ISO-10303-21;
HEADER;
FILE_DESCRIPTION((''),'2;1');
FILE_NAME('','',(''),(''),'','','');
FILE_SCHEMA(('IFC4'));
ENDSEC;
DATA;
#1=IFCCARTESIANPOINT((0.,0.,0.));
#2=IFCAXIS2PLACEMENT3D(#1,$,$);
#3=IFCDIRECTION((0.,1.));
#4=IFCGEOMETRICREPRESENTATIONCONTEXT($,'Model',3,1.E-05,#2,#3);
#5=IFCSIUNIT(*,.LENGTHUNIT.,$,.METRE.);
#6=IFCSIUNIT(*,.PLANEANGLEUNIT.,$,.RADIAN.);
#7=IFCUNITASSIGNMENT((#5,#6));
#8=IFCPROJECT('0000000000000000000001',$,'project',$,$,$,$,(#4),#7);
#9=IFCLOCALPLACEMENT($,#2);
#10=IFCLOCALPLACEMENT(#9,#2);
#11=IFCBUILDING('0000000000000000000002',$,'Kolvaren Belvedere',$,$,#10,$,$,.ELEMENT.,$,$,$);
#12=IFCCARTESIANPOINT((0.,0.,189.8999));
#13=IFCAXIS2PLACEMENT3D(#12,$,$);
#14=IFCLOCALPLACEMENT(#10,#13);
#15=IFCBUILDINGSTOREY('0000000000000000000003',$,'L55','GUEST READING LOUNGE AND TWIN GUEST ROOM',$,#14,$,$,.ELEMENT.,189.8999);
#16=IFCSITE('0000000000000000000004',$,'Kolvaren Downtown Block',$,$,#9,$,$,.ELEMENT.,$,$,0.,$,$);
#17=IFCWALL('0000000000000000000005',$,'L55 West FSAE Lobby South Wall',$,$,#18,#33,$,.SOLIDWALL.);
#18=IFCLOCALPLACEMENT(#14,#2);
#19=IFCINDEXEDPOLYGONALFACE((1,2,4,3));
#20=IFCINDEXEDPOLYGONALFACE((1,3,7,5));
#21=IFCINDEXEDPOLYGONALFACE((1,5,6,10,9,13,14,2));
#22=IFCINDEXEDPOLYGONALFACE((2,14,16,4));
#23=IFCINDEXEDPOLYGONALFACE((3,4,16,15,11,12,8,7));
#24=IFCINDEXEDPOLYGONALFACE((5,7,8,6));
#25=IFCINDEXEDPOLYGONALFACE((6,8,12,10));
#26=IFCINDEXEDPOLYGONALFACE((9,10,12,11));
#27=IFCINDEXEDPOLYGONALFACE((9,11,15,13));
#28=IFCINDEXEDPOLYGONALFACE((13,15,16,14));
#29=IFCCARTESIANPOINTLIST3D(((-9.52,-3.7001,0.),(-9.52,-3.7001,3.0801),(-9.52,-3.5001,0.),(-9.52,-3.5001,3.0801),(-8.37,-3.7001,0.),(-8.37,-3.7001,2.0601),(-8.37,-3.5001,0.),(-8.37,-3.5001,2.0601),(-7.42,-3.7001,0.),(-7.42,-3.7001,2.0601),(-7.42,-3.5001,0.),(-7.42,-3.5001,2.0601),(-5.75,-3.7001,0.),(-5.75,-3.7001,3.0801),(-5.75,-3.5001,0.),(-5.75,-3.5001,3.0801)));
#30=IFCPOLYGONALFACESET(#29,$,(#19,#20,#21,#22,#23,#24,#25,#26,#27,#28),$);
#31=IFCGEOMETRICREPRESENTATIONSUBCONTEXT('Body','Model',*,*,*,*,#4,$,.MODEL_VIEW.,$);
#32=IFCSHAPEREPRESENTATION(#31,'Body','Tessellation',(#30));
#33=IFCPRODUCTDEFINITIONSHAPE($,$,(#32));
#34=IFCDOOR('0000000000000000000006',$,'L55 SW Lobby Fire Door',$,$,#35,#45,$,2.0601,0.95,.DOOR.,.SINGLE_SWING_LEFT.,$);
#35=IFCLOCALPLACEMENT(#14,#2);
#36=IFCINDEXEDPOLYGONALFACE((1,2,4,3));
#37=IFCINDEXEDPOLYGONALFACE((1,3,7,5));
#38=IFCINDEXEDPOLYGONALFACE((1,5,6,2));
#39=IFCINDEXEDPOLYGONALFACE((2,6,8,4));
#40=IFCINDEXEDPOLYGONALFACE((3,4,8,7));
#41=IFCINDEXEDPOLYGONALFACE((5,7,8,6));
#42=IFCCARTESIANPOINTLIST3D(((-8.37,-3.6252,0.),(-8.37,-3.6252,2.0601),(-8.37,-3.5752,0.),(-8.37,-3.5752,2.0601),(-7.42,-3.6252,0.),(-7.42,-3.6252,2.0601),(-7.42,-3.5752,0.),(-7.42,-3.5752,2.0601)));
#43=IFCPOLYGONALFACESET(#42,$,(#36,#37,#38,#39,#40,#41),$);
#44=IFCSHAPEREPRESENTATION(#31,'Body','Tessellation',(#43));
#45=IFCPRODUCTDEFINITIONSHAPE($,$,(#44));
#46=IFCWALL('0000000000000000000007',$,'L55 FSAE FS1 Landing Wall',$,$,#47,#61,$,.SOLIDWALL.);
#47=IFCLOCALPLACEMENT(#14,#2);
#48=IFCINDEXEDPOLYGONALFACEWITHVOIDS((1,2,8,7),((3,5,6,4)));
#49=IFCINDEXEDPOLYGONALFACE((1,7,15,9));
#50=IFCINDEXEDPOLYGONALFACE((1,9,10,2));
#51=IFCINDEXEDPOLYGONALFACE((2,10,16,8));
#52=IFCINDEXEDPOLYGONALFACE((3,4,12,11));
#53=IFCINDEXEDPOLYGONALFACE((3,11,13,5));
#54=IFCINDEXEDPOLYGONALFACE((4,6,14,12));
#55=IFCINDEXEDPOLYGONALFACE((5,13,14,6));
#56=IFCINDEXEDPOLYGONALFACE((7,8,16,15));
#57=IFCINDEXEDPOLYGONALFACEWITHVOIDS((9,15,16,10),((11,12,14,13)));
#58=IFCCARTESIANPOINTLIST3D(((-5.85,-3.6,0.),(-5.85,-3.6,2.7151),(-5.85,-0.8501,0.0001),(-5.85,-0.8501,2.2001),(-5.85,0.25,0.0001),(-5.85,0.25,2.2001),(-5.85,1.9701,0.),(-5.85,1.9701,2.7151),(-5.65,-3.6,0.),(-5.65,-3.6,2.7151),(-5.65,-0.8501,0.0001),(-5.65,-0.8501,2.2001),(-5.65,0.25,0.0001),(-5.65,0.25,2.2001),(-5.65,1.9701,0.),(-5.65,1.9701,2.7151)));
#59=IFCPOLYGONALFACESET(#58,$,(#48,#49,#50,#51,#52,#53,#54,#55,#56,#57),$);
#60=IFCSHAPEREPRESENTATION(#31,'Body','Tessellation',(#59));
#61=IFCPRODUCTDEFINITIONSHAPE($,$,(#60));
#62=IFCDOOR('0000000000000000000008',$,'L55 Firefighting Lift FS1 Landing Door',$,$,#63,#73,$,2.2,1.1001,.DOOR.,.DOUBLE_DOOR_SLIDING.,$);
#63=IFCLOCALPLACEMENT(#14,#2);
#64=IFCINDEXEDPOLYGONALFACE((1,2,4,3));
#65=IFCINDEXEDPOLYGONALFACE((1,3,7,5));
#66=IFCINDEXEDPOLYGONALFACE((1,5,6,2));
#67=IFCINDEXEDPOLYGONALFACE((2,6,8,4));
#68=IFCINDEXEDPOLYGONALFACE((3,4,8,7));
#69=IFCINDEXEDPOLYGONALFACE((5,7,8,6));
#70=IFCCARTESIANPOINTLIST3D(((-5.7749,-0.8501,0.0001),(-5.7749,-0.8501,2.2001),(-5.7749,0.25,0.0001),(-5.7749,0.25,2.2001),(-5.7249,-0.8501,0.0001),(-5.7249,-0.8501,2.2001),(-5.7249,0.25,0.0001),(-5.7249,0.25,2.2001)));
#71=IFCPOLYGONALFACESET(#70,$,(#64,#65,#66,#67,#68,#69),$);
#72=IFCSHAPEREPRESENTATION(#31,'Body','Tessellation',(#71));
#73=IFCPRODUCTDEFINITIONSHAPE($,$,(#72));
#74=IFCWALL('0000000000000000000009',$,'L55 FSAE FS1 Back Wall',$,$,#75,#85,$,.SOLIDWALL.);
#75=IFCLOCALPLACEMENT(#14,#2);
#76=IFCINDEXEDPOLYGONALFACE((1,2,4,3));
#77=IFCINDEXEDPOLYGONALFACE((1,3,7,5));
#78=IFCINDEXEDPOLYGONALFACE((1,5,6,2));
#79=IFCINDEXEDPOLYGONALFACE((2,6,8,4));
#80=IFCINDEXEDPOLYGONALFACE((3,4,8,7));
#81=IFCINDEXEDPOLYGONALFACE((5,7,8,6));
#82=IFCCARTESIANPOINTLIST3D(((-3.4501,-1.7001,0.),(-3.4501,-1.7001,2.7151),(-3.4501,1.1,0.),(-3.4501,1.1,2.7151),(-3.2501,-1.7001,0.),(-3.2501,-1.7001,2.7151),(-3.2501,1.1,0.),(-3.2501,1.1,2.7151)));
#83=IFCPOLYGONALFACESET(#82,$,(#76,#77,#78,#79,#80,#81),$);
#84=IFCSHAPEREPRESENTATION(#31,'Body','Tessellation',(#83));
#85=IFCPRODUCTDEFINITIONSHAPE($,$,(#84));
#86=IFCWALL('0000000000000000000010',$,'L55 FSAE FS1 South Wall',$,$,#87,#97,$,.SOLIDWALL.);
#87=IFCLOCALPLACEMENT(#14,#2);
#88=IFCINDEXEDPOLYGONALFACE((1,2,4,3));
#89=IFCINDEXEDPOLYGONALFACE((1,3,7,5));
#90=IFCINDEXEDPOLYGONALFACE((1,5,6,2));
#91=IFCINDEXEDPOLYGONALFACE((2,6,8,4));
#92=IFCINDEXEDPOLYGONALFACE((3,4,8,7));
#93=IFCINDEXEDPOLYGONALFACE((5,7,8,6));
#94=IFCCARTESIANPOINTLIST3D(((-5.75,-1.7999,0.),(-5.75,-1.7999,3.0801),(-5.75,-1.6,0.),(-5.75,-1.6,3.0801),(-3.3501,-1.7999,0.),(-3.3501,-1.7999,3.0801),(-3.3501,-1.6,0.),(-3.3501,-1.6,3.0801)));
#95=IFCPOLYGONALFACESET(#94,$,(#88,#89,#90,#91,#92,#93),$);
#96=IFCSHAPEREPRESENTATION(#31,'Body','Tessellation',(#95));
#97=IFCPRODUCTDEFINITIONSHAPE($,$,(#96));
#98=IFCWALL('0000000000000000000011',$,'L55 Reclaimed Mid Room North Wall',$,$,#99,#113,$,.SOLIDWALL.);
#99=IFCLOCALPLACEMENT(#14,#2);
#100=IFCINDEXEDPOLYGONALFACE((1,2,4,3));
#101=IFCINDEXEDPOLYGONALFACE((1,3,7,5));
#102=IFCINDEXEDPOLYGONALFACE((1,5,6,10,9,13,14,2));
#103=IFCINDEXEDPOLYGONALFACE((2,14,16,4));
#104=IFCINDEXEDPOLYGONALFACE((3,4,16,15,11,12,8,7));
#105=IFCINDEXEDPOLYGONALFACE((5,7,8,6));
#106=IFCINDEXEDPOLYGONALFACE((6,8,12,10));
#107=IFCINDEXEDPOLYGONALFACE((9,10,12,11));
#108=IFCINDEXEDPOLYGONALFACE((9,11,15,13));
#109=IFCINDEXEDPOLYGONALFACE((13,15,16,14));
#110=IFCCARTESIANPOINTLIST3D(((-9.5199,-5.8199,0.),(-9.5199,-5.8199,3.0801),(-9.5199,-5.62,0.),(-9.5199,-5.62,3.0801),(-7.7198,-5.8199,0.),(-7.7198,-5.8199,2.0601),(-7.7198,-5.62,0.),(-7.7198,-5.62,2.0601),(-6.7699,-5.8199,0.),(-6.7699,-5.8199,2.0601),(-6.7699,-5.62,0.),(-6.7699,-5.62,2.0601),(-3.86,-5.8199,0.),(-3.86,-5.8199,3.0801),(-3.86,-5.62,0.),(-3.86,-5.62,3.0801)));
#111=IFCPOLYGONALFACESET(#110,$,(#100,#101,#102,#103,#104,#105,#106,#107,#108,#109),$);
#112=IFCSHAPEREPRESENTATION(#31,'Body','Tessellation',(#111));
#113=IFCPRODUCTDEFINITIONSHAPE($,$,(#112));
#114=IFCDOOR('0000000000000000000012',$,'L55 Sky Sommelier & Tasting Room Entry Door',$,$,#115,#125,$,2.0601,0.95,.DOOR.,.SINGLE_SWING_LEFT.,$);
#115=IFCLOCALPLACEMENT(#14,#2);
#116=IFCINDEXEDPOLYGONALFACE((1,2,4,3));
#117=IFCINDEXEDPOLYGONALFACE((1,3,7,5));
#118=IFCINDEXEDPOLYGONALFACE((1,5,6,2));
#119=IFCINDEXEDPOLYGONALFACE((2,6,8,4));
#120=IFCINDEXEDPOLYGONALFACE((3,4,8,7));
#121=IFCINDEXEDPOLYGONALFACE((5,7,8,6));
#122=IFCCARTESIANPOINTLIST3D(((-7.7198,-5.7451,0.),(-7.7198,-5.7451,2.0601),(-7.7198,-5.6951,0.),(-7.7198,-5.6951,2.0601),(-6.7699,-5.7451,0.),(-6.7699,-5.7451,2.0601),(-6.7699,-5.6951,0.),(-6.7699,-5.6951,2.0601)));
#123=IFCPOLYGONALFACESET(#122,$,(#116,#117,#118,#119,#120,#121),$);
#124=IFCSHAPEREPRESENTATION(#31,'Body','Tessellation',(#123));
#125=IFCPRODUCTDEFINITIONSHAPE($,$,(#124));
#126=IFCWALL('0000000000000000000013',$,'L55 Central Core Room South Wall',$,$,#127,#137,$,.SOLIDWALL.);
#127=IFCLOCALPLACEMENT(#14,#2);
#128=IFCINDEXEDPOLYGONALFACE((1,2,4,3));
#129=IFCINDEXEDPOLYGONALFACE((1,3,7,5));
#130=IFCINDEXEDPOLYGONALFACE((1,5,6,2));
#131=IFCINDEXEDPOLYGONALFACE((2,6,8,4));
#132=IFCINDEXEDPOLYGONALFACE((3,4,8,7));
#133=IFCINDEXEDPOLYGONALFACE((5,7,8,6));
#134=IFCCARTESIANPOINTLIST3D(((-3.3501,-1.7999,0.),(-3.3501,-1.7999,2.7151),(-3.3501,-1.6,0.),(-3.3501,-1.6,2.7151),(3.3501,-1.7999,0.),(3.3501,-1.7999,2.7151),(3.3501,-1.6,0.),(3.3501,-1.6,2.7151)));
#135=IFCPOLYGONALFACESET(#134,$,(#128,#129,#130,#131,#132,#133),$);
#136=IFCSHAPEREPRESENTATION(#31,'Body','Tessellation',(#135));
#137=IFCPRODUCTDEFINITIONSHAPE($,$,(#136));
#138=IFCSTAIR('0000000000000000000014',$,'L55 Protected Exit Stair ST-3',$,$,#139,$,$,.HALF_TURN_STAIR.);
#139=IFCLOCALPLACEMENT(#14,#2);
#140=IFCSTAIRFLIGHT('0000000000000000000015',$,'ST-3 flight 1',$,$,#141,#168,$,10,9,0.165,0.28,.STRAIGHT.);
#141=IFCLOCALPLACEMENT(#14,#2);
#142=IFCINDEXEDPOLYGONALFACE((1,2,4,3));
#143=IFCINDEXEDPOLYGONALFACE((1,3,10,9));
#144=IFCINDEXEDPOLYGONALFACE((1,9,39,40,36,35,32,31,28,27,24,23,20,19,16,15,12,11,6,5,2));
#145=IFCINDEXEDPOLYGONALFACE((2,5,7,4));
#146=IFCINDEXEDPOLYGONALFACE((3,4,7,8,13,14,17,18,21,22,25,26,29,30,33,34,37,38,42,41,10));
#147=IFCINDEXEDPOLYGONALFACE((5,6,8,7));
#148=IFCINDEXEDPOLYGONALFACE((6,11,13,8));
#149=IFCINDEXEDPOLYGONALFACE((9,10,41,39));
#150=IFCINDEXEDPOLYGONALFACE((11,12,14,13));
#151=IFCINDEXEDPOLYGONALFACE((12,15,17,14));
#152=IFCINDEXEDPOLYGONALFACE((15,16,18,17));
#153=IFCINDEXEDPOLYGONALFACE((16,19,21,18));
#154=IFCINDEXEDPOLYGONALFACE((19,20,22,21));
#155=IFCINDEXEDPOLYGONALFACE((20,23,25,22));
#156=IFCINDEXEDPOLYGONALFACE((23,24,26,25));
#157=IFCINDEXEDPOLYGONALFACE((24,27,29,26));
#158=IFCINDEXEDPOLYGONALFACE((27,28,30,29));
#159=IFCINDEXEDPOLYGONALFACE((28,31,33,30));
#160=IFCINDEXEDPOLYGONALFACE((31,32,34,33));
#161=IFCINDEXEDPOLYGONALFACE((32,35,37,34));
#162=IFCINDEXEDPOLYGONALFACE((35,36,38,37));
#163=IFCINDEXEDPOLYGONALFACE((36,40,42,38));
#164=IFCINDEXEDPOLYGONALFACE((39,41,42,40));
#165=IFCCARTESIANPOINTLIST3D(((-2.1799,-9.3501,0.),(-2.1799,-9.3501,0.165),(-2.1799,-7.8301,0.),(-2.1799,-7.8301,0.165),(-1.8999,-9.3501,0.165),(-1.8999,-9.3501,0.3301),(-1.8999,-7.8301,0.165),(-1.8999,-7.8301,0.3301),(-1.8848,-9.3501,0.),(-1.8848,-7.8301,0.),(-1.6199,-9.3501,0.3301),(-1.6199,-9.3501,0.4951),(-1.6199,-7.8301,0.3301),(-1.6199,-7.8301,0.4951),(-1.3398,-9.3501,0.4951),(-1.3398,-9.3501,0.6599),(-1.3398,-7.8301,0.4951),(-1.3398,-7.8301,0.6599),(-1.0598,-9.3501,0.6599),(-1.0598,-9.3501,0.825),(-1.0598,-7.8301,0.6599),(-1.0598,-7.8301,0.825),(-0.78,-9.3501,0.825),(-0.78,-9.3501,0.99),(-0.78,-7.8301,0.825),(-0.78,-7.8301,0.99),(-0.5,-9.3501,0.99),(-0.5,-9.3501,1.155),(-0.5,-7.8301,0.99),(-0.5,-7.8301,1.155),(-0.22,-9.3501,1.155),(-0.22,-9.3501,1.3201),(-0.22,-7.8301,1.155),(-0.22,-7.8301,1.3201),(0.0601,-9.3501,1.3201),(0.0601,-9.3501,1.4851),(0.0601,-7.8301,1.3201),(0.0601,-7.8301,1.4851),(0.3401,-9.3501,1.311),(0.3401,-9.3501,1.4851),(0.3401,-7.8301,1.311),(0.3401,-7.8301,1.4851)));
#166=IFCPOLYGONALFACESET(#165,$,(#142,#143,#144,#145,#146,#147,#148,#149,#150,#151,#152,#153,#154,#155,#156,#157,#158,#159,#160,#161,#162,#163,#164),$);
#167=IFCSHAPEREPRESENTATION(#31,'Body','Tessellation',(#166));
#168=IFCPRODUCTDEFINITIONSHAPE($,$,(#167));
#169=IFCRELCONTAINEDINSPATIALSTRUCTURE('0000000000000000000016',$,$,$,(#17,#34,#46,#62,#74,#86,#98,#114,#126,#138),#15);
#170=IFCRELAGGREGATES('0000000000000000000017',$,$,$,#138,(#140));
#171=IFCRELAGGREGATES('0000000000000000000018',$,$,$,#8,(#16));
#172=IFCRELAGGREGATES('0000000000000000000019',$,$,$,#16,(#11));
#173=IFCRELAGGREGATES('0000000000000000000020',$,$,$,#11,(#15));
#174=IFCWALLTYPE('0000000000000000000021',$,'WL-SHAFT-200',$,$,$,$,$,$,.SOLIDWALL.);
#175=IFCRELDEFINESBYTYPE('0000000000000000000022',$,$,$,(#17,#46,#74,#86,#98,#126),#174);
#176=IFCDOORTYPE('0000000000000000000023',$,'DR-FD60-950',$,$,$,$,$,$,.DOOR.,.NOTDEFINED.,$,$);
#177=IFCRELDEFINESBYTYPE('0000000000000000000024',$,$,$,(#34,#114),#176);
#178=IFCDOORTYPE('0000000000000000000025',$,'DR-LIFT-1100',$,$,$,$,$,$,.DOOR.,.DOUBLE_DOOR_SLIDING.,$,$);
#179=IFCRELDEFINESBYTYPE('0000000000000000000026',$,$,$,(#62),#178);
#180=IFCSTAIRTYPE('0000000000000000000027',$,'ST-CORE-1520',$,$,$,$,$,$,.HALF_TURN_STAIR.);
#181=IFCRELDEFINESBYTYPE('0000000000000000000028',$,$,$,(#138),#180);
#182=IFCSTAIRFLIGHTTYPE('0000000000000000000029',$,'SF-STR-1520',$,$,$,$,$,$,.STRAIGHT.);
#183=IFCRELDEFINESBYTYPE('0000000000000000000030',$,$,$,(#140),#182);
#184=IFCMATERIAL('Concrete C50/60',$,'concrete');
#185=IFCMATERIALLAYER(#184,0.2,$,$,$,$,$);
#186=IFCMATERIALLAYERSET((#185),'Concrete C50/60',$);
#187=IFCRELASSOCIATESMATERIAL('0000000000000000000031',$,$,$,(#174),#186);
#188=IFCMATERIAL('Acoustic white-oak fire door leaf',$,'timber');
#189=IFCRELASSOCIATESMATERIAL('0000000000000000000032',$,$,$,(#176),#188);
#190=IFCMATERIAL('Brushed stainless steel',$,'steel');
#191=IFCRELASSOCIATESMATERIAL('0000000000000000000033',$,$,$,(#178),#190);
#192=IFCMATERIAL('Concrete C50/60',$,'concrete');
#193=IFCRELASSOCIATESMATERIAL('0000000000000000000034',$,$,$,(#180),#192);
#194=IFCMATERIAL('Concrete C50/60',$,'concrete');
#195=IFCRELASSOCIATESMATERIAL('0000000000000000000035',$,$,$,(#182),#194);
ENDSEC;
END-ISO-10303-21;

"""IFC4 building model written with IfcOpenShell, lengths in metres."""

from ifc_helpers import new_model, si_unit, direction, frame, frame_2d, origin, place, context, subcontext, project, spatial, polyline, rectangle, outline, extrude, material, layer, layer_set, type_object, element, fill, aggregate, save


model = new_model("IFC4")

# Units and contexts
model_context = context("Model", 3, precision=1e-05, world=origin(), true_north=direction((0.0, 1.0)))
body_context = subcontext(model_context, "Body", "Model", "MODEL_VIEW")
ifc_project = project(units=[si_unit("LENGTHUNIT", "METRE"), si_unit("PLANEANGLEUNIT", "RADIAN")], contexts=[model_context])

# Site, building, storey
site_placement = place(None, origin())
site = spatial("IfcSite", under=ifc_project, at=site_placement, Name="Kolvaren Downtown Block", CompositionType="ELEMENT", RefElevation=0.0)
building_placement = place(site_placement, origin())
building = spatial("IfcBuilding", under=site, at=building_placement, Name="Kolvaren Belvedere", CompositionType="ELEMENT")
storey_placement = place(building_placement, frame((0.0, 0.0, 189.8999)))
storey = spatial("IfcBuildingStorey", under=building, at=storey_placement, Name="L55", Description="GUEST READING LOUNGE AND TWIN GUEST ROOM", CompositionType="ELEMENT", Elevation=189.8999)

# Walls, openings, doors
ifc_material_1 = material(Name="Concrete C50/60", Category="concrete")
ifc_layer_1 = layer(ifc_material_1, 0.2)
ifc_layer_set_1 = layer_set([ifc_layer_1], Name="Concrete C50/60")
wall_type_1 = type_object("IfcWallType", Name="WL-SHAFT-200", PredefinedType="SOLIDWALL", material=ifc_layer_set_1)
wall_1_placement = place(storey_placement, frame((-9.52, -3.6001, 0.0), z_axis=(0.0, 0.0, 1.0), x_axis=(1.0, 0.0, 0.0)))
wall_1 = element("IfcWall", 1, at=wall_1_placement, inside=storey, type_object=wall_type_1, Name="L55 West FSAE Lobby South Wall", PredefinedType="SOLIDWALL", context=body_context, shape_type="SweptSolid", body=[
    extrude(rectangle(XDim=3.77, YDim=0.2, at=frame_2d((1.885, 0.0))), origin(), (0.0, 0.0, 1.0), 3.0801),
])
opening_1_placement = place(wall_1_placement, frame((1.1499, 0.0, 0.0)))
opening_1 = element("IfcOpeningElement", 2, at=opening_1_placement, cuts=wall_1, PredefinedType="OPENING", context=body_context, shape_type="SweptSolid", body=[
    extrude(rectangle(XDim=0.95, YDim=2.0601, at=frame_2d((0.4751, 1.03))), frame((0.0, 0.1099, 0.0), z_axis=(0.0, -1.0, 0.0), x_axis=(1.0, 0.0, 0.0)), (0.0, 0.0, 1.0), 0.22),
])
ifc_material_2 = material(Name="Acoustic white-oak fire door leaf", Category="timber")
door_type_1 = type_object("IfcDoorType", Name="DR-FD60-950", OperationType="NOTDEFINED", PredefinedType="DOOR", material=ifc_material_2)
door_1_placement = place(opening_1_placement, origin())
door_1 = element("IfcDoor", 3, at=door_1_placement, inside=storey, type_object=door_type_1, Name="L55 SW Lobby Fire Door", OperationType="SINGLE_SWING_LEFT", OverallHeight=2.0601, OverallWidth=0.95, PredefinedType="DOOR", context=body_context, shape_type="SweptSolid", body=[
    extrude(rectangle(XDim=0.95, YDim=2.0601, at=frame_2d((0.4751, 1.03))), frame((0.0, 0.0249, 0.0), z_axis=(0.0, -1.0, 0.0), x_axis=(1.0, 0.0, 0.0)), (0.0, 0.0, 1.0), 0.05),
])
fill(opening_1, door_1)
wall_2_placement = place(storey_placement, frame((-5.75, -3.6001, 0.0), z_axis=(0.0, 0.0, 1.0), x_axis=(0.0, 1.0, 0.0)))
wall_2 = element("IfcWall", 4, at=wall_2_placement, inside=storey, type_object=wall_type_1, Name="L55 FSAE FS1 Landing Wall", PredefinedType="SOLIDWALL", context=body_context, shape_type="SweptSolid", body=[
    extrude(rectangle(XDim=5.5701, YDim=0.2, at=frame_2d((2.7852, 0.0))), origin(), (0.0, 0.0, 1.0), 2.7151),
])
opening_2_placement = place(wall_2_placement, frame((2.75, 0.0, 0.0)))
opening_2 = element("IfcOpeningElement", 5, at=opening_2_placement, cuts=wall_2, PredefinedType="OPENING", context=body_context, shape_type="SweptSolid", body=[
    extrude(rectangle(XDim=1.1001, YDim=2.2, at=frame_2d((0.55, 1.1001))), frame((0.0, 0.1099, 0.0), z_axis=(0.0, -1.0, 0.0), x_axis=(1.0, 0.0, 0.0)), (0.0, 0.0, 1.0), 0.22),
])
ifc_material_3 = material(Name="Brushed stainless steel", Category="steel")
door_type_2 = type_object("IfcDoorType", Name="DR-LIFT-1100", OperationType="DOUBLE_DOOR_SLIDING", PredefinedType="DOOR", material=ifc_material_3)
door_2_placement = place(opening_2_placement, origin())
door_2 = element("IfcDoor", 6, at=door_2_placement, inside=storey, type_object=door_type_2, Name="L55 Firefighting Lift FS1 Landing Door", OperationType="DOUBLE_DOOR_SLIDING", OverallHeight=2.2, OverallWidth=1.1001, PredefinedType="DOOR", context=body_context, shape_type="SweptSolid", body=[
    extrude(rectangle(XDim=1.1001, YDim=2.2, at=frame_2d((0.55, 1.1001))), frame((0.0, 0.0249, 0.0), z_axis=(0.0, -1.0, 0.0), x_axis=(1.0, 0.0, 0.0)), (0.0, 0.0, 1.0), 0.05),
])
fill(opening_2, door_2)

# Walls
wall_3_placement = place(storey_placement, frame((-3.3501, -1.7, 0.0), z_axis=(0.0, 0.0, 1.0), x_axis=(0.0, 1.0, 0.0)))
element("IfcWall", 7, at=wall_3_placement, inside=storey, type_object=wall_type_1, Name="L55 FSAE FS1 Back Wall", PredefinedType="SOLIDWALL", context=body_context, shape_type="SweptSolid", body=[
    extrude(rectangle(XDim=2.8, YDim=0.2, at=frame_2d((1.3999, 0.0))), origin(), (0.0, 0.0, 1.0), 2.7151),
])
wall_4_placement = place(storey_placement, frame((-5.75, -1.7, 0.0), z_axis=(0.0, 0.0, 1.0), x_axis=(1.0, 0.0, 0.0)))
element("IfcWall", 8, at=wall_4_placement, inside=storey, type_object=wall_type_1, Name="L55 FSAE FS1 South Wall", PredefinedType="SOLIDWALL", context=body_context, shape_type="SweptSolid", body=[
    extrude(rectangle(XDim=2.3999, YDim=0.2, at=frame_2d((1.2, 0.0))), origin(), (0.0, 0.0, 1.0), 3.0801),
])

# Wall, opening, door
wall_5_placement = place(storey_placement, frame((-9.52, -5.72, 0.0), z_axis=(0.0, 0.0, 1.0), x_axis=(1.0, 0.0, 0.0)))
wall_5 = element("IfcWall", 9, at=wall_5_placement, inside=storey, type_object=wall_type_1, Name="L55 Reclaimed Mid Room North Wall", PredefinedType="SOLIDWALL", context=body_context, shape_type="SweptSolid", body=[
    extrude(rectangle(XDim=5.6599, YDim=0.2, at=frame_2d((2.8301, 0.0))), origin(), (0.0, 0.0, 1.0), 3.0801),
])
opening_3_placement = place(wall_5_placement, frame((1.8, 0.0, 0.0)))
opening_3 = element("IfcOpeningElement", 10, at=opening_3_placement, cuts=wall_5, PredefinedType="OPENING", context=body_context, shape_type="SweptSolid", body=[
    extrude(rectangle(XDim=0.95, YDim=2.0601, at=frame_2d((0.4751, 1.03))), frame((0.0, 0.1099, 0.0), z_axis=(0.0, -1.0, 0.0), x_axis=(1.0, 0.0, 0.0)), (0.0, 0.0, 1.0), 0.22),
])
door_3_placement = place(opening_3_placement, origin())
door_3 = element("IfcDoor", 11, at=door_3_placement, inside=storey, type_object=door_type_1, Name="L55 Sky Sommelier & Tasting Room Entry Door", OperationType="SINGLE_SWING_LEFT", OverallHeight=2.0601, OverallWidth=0.95, PredefinedType="DOOR", context=body_context, shape_type="SweptSolid", body=[
    extrude(rectangle(XDim=0.95, YDim=2.0601, at=frame_2d((0.4751, 1.03))), frame((0.0, 0.0249, 0.0), z_axis=(0.0, -1.0, 0.0), x_axis=(1.0, 0.0, 0.0)), (0.0, 0.0, 1.0), 0.05),
])
fill(opening_3, door_3)

# Wall
wall_6_placement = place(storey_placement, frame((-3.3501, -1.7, 0.0), z_axis=(0.0, 0.0, 1.0), x_axis=(1.0, 0.0, 0.0)))
element("IfcWall", 12, at=wall_6_placement, inside=storey, type_object=wall_type_1, Name="L55 Central Core Room South Wall", PredefinedType="SOLIDWALL", context=body_context, shape_type="SweptSolid", body=[
    extrude(rectangle(XDim=6.7002, YDim=0.2, at=frame_2d((3.3501, 0.0))), origin(), (0.0, 0.0, 1.0), 2.7151),
])

# Stair, stair flight
ifc_material_4 = material(Name="Concrete C50/60", Category="concrete")
stair_type = type_object("IfcStairType", Name="ST-CORE-1520", PredefinedType="HALF_TURN_STAIR", material=ifc_material_4)
stair_placement = place(storey_placement, origin())
stair = element("IfcStair", 13, at=stair_placement, inside=storey, type_object=stair_type, Name="L55 Protected Exit Stair ST-3", PredefinedType="HALF_TURN_STAIR")
ifc_material_5 = material(Name="Concrete C50/60", Category="concrete")
stair_flight_type = type_object("IfcStairFlightType", Name="SF-STR-1520", PredefinedType="STRAIGHT", material=ifc_material_5)
stair_flight_placement = place(storey_placement, frame((-2.1799, -8.5901, 0.0), z_axis=(0.0, 0.0, 1.0), x_axis=(1.0, 0.0, 0.0)))
stair_flight = element("IfcStairFlight", 14, at=stair_flight_placement, type_object=stair_flight_type, Name="ST-3 flight 1", NumberOfRisers=10, NumberOfTreads=9, PredefinedType="STRAIGHT", RiserHeight=0.165, TreadLength=0.28, context=body_context, shape_type="SweptSolid", body=[
    extrude(outline(polyline([(0.0, 0.0), (0.0, 0.165), (0.28, 0.165), (0.28, 0.3301), (0.5601, 0.3301), (0.5601, 0.4951), (0.8401, 0.4951), (0.8401, 0.6599), (1.1201, 0.6599), (1.1201, 0.825), (1.3999, 0.825), (1.3999, 0.99), (1.6799, 0.99), (1.6799, 1.155), (1.96, 1.155), (1.96, 1.3201), (2.24, 1.3201), (2.24, 1.4851), (2.52, 1.4851), (2.52, 1.6499), (2.52, 1.311), (0.2952, 0.0), (0.0, 0.0)])), frame((0.0, 0.76, 0.0), z_axis=(0.0, -1.0, 0.0), x_axis=(1.0, 0.0, 0.0)), (0.0, 0.0, 1.0), 1.52),
])
aggregate(stair, [stair_flight])

save(model, "model.ifc")
